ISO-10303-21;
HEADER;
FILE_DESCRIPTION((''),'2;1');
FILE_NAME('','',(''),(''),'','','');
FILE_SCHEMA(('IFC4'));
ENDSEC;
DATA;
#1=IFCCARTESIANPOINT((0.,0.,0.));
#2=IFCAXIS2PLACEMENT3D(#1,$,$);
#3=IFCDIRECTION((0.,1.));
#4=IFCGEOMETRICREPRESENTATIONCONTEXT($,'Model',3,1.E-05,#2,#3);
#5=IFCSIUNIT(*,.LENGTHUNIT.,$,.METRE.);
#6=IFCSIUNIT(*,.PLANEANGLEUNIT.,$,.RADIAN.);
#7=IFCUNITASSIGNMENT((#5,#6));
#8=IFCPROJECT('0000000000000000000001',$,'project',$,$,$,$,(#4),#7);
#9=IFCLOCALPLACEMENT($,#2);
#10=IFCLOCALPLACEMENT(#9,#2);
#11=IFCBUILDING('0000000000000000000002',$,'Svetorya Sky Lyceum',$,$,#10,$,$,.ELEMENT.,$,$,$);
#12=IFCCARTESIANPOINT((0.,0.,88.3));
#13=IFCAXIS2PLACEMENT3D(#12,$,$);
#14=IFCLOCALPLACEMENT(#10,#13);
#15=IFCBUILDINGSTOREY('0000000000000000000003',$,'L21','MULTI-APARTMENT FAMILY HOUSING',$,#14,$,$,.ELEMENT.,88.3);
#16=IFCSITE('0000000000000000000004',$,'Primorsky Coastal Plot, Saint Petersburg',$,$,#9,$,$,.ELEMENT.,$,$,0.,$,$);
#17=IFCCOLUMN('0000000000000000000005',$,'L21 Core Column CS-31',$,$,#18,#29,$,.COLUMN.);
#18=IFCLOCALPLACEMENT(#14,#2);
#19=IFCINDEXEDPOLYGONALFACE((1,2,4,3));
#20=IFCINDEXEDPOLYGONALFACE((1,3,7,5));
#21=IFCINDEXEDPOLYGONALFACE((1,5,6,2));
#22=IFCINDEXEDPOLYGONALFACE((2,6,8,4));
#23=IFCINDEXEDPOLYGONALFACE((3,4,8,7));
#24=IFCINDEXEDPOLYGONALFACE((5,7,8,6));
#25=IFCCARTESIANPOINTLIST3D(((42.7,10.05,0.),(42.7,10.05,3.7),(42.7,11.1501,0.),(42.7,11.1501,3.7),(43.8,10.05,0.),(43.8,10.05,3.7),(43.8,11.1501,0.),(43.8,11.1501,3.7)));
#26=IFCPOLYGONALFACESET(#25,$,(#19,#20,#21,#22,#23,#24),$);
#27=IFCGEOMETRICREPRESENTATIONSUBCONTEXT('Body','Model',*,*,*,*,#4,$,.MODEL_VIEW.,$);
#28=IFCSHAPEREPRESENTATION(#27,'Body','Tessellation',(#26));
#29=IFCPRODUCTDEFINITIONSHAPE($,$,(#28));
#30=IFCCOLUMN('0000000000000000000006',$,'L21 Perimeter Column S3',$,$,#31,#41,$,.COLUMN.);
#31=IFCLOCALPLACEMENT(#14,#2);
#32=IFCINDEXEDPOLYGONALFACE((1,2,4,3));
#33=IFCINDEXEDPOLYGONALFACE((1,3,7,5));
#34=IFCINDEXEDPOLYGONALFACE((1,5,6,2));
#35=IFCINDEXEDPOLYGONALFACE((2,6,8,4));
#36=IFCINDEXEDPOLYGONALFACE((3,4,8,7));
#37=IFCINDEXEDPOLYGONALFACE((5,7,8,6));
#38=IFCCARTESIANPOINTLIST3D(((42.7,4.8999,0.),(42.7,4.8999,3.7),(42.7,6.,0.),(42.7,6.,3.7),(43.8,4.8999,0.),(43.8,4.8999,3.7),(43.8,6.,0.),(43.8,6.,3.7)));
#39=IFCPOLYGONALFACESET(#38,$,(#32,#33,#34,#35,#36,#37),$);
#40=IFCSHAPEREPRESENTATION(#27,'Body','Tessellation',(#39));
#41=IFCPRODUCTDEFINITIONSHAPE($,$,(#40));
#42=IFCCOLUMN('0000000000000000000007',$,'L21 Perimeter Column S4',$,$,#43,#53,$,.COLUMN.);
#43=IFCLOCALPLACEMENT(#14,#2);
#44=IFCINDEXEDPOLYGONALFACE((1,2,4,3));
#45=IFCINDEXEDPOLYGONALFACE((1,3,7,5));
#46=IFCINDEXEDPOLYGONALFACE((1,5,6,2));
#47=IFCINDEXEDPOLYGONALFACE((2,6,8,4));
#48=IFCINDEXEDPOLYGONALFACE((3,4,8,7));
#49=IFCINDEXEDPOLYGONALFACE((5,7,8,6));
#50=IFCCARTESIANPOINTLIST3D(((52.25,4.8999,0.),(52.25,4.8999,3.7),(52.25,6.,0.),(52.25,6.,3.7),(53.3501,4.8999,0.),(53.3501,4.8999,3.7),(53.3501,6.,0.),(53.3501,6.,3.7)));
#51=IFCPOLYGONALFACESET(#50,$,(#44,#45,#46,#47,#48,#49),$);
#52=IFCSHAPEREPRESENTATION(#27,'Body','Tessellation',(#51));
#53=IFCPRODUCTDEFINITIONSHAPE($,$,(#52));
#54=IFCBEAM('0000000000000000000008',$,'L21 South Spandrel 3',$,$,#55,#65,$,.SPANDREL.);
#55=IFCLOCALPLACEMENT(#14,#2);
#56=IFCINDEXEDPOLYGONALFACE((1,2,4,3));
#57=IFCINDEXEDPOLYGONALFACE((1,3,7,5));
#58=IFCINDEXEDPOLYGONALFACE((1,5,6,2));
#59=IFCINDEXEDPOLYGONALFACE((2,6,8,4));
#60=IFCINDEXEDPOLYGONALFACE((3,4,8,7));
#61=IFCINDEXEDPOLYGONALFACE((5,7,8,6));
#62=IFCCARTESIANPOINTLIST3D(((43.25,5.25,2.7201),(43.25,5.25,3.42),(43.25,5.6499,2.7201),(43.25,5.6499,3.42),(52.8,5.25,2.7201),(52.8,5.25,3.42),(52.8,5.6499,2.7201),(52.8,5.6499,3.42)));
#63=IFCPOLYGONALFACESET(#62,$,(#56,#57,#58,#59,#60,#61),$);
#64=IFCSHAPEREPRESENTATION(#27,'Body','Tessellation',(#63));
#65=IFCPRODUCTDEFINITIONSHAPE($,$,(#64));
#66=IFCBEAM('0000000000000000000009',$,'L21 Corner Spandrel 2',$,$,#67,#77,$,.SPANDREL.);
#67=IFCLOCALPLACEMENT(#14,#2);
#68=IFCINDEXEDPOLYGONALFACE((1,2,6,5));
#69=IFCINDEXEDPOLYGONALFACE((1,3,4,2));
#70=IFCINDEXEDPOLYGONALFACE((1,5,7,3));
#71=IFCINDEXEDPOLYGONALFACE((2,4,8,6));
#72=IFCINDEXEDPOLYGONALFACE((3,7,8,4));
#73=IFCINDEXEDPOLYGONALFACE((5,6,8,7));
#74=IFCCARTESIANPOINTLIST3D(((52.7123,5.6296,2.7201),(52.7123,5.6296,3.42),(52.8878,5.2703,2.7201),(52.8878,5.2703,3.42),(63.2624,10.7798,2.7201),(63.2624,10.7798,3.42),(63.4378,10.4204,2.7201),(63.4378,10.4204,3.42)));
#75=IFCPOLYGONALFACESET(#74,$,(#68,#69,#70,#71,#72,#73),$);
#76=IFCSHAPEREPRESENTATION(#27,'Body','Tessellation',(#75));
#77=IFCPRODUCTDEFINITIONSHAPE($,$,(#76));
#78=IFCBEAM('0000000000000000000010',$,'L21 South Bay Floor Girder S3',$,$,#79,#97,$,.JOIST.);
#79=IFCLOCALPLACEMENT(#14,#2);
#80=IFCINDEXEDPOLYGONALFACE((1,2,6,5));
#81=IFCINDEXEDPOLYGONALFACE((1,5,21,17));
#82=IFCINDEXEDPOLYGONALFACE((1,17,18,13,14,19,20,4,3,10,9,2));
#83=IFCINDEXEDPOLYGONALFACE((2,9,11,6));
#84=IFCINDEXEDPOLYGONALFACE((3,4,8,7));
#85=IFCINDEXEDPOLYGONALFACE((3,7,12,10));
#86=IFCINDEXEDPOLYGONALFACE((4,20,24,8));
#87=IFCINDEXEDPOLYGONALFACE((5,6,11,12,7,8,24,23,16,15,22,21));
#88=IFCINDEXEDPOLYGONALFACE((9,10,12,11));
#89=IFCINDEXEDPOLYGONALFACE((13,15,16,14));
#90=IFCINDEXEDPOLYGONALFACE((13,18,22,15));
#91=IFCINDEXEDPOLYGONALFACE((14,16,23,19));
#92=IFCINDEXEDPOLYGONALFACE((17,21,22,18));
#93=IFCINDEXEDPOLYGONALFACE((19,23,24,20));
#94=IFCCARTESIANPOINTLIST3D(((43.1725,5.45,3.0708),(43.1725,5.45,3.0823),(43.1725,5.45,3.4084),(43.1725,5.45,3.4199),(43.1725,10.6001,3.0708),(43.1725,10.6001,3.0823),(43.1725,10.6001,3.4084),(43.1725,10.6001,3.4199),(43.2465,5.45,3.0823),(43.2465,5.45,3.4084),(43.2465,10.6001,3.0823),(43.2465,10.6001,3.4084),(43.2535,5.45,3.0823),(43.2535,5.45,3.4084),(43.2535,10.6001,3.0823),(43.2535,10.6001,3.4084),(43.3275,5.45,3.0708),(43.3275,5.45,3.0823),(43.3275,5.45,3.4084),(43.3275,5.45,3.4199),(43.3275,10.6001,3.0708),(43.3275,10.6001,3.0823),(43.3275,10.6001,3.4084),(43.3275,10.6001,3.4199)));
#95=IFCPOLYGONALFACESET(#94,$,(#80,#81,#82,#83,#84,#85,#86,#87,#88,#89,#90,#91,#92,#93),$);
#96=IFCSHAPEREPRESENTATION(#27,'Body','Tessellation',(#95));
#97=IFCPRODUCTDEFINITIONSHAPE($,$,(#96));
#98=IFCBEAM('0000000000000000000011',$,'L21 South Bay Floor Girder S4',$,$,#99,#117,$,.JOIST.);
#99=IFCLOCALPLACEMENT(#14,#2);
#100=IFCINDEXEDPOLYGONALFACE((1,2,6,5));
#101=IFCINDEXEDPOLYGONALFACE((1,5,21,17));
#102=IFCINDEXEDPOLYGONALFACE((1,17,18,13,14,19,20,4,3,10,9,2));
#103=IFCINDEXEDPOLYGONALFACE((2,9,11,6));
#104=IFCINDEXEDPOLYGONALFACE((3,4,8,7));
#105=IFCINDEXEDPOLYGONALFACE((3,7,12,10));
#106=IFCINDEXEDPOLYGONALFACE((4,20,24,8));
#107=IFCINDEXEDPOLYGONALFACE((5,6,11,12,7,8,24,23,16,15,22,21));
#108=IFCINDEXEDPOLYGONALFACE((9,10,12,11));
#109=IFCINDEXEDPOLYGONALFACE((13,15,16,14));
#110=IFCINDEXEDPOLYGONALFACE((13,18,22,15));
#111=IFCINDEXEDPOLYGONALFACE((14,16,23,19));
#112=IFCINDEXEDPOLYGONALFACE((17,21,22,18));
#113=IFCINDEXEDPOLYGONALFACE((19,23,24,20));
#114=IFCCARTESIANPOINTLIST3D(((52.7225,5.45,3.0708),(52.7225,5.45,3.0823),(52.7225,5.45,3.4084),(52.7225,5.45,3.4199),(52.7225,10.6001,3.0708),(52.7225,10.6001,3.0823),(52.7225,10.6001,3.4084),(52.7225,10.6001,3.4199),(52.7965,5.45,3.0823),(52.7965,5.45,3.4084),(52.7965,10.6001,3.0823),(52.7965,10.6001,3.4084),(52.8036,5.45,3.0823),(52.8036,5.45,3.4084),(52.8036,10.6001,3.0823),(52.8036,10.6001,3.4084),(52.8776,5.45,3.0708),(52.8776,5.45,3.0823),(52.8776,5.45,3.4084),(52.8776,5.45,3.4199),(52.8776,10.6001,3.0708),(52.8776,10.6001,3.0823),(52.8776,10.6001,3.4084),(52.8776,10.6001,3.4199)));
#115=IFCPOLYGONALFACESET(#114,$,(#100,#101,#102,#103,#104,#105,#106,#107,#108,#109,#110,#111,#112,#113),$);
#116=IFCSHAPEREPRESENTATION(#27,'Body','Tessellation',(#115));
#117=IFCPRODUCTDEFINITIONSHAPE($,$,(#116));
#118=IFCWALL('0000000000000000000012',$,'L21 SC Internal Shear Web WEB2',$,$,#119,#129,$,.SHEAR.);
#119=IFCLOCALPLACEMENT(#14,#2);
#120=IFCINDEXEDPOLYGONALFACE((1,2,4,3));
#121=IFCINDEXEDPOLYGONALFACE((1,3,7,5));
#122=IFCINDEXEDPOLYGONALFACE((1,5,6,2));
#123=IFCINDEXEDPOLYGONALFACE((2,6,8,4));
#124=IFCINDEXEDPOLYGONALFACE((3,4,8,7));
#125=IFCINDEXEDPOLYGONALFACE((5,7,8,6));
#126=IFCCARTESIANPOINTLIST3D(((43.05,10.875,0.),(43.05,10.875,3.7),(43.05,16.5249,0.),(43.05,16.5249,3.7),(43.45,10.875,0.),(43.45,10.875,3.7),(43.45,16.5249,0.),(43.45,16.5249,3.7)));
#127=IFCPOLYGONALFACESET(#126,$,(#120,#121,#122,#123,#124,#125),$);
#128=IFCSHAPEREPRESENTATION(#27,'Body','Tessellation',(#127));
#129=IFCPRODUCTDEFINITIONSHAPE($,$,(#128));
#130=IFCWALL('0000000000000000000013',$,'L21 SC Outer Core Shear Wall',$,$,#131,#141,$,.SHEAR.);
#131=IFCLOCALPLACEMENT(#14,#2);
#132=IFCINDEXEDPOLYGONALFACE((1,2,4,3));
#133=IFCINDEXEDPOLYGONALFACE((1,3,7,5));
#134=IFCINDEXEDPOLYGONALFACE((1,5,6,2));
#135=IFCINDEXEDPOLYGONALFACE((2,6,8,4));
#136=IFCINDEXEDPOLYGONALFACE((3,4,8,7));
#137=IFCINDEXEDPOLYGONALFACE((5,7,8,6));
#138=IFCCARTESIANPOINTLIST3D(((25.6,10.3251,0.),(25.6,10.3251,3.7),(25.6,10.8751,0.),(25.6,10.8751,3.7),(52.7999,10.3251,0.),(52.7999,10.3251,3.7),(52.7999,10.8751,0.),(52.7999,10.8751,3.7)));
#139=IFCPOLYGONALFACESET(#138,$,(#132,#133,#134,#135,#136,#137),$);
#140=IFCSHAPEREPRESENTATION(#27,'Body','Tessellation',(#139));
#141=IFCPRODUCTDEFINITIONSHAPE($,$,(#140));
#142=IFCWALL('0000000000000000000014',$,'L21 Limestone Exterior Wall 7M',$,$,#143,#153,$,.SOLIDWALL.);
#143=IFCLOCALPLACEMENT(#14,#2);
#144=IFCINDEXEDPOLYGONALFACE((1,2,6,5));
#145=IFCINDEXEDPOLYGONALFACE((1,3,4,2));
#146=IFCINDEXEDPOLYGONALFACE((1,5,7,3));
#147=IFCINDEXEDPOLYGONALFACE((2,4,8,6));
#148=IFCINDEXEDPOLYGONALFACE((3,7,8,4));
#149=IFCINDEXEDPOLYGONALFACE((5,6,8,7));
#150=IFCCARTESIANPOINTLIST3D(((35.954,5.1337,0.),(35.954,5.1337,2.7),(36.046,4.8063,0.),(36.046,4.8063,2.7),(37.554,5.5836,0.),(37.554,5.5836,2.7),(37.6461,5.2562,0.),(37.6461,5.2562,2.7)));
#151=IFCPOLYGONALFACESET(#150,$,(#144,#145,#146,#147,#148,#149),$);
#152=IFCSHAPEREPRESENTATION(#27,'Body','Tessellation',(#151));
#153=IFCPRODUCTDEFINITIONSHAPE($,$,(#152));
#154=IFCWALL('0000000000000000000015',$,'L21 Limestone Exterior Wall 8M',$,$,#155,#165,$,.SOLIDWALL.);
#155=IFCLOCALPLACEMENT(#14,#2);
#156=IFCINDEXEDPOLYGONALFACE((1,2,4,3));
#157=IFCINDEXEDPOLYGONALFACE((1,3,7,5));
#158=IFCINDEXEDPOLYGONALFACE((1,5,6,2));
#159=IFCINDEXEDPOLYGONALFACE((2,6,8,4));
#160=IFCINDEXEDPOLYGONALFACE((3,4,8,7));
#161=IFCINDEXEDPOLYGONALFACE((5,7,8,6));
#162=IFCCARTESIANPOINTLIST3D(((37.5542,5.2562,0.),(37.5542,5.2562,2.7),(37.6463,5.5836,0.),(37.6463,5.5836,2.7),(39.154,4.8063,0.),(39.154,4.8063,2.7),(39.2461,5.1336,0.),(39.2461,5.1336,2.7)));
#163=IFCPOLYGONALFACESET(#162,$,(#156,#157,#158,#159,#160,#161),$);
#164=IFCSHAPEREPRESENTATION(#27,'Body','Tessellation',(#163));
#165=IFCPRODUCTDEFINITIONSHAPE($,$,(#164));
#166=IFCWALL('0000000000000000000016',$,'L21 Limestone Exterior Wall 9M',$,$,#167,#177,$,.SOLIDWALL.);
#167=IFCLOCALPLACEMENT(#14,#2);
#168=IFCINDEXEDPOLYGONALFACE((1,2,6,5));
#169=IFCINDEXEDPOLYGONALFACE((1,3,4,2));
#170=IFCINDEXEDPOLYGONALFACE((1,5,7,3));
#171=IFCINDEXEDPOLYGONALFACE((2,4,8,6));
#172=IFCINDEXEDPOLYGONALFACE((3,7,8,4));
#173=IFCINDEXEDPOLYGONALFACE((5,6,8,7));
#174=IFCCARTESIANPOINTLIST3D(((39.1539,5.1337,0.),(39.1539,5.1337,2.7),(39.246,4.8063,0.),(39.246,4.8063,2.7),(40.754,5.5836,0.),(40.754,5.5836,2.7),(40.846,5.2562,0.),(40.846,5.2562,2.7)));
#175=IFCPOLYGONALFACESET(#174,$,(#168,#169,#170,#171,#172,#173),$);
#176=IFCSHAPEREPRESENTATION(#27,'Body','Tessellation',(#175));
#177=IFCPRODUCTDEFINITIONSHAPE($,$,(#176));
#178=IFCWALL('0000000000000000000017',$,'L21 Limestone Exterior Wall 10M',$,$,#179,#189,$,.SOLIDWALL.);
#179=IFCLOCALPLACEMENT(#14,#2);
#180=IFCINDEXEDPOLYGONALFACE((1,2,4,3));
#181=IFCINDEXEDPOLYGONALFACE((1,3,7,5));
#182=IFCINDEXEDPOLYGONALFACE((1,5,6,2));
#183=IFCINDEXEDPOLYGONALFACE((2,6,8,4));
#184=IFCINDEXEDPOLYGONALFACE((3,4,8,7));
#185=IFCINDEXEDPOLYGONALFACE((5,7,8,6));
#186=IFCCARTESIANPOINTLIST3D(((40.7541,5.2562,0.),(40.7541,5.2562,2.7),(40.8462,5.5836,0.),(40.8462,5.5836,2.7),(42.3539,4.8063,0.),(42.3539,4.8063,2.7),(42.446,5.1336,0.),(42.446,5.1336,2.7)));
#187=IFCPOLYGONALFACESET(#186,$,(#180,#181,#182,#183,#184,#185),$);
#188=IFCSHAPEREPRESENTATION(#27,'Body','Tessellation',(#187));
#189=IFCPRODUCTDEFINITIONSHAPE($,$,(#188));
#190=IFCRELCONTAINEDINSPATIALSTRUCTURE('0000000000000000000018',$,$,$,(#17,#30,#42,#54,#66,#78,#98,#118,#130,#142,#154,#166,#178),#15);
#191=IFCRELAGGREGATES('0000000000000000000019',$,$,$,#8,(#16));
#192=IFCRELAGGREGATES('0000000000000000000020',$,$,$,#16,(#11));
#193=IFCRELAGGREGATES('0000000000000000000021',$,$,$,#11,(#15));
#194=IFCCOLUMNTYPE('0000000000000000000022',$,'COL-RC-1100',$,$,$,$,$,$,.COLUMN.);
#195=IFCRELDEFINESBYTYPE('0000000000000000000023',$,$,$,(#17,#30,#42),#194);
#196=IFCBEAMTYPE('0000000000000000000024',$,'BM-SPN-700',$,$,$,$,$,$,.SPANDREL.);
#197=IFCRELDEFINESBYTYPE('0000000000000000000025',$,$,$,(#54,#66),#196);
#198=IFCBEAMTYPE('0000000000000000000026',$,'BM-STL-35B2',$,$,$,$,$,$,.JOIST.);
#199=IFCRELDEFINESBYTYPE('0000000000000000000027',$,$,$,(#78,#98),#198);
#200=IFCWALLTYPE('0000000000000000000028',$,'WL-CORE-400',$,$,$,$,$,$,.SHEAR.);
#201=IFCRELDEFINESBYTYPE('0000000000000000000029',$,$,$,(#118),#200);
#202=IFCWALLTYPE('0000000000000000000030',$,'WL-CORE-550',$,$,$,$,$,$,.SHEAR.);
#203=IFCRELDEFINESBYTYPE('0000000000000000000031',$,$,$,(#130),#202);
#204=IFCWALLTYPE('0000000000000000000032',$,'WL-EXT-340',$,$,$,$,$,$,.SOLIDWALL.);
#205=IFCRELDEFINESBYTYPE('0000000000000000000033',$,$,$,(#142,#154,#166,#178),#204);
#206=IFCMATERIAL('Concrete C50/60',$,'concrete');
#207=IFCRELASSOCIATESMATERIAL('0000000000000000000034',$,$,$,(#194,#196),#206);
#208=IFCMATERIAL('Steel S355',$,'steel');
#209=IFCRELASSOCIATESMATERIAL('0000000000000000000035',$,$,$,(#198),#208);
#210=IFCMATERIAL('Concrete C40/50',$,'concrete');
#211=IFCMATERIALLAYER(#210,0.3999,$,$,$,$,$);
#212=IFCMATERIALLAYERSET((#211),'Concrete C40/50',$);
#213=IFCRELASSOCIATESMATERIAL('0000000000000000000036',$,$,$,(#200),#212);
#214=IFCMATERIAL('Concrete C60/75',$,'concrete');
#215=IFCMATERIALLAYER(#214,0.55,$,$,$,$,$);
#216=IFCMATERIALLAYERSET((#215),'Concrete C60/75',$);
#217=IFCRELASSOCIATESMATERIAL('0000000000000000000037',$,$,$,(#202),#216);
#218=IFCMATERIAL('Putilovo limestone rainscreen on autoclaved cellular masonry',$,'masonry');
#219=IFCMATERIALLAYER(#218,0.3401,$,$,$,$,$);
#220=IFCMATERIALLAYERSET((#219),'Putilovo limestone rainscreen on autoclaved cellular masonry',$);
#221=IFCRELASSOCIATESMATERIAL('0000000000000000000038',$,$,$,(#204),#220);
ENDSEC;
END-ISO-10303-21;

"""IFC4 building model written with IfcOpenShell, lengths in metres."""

from ifc_helpers import new_model, si_unit, direction, frame, frame_2d, origin, origin_2d, place, context, subcontext, project, spatial, rectangle, i_section, extrude, material, layer, layer_set, material_profile, profile_set, type_object, element, save


model = new_model("IFC4")

# Units and contexts
model_context = context("Model", 3, precision=1e-05, world=origin(), true_north=direction((0.0, 1.0)))
body_context = subcontext(model_context, "Body", "Model", "MODEL_VIEW")
ifc_project = project(units=[si_unit("LENGTHUNIT", "METRE"), si_unit("PLANEANGLEUNIT", "RADIAN")], contexts=[model_context])

# Site, building, storey
site_placement = place(None, origin())
site = spatial("IfcSite", under=ifc_project, at=site_placement, Name="Primorsky Coastal Plot, Saint Petersburg", CompositionType="ELEMENT", RefElevation=0.0)
building_placement = place(site_placement, origin())
building = spatial("IfcBuilding", under=site, at=building_placement, Name="Svetorya Sky Lyceum", CompositionType="ELEMENT")
storey_placement = place(building_placement, frame((0.0, 0.0, 88.3)))
storey = spatial("IfcBuildingStorey", under=building, at=storey_placement, Name="L21", Description="MULTI-APARTMENT FAMILY HOUSING", CompositionType="ELEMENT", Elevation=88.3)

# Columns
ifc_material_1 = material(Name="Concrete C50/60", Category="concrete")
ifc_material_profile_1 = material_profile(ifc_material_1, rectangle(XDim=1.1001, YDim=1.1001, at=origin_2d()), Name="RC COL 1100x1100")
ifc_profile_set_1 = profile_set([ifc_material_profile_1], Name="Concrete C50/60")
column_type = type_object("IfcColumnType", Name="COL-RC-1100", PredefinedType="COLUMN", material=ifc_profile_set_1)
for number, where, z_axis, x_axis, name in (
    (1, (43.25, 10.6001, 0.0), (0.0, 0.0, 1.0), (1.0, 0.0, 0.0), "L21 Core Column CS-31"),
    (2, (43.25, 5.45, 0.0), (0.0, 0.0, 1.0), (1.0, 0.0, 0.0), "L21 Perimeter Column S3"),
    (3, (52.8, 5.45, 0.0), (0.0, 0.0, 1.0), (1.0, 0.0, 0.0), "L21 Perimeter Column S4"),
):
    element("IfcColumn", number, at=place(storey_placement, frame(where, z_axis=z_axis, x_axis=x_axis)), inside=storey, type_object=column_type, Name=name, PredefinedType="COLUMN", context=body_context, shape_type="SweptSolid", body=[
        extrude(rectangle(XDim=1.1001, YDim=1.1001, at=origin_2d()), origin(), (0.0, 0.0, 1.0), 3.7),
    ])

# Beams
ifc_material_profile_2 = material_profile(ifc_material_1, rectangle(XDim=0.3999, YDim=0.7, at=origin_2d()), Name="RC SPANDREL 400x700")
ifc_profile_set_2 = profile_set([ifc_material_profile_2], Name="Concrete C50/60")
beam_type_1 = type_object("IfcBeamType", Name="BM-SPN-700", PredefinedType="SPANDREL", material=ifc_profile_set_2)
beam_1_placement = place(storey_placement, frame((43.25, 5.45, 3.0701), z_axis=(1.0, 0.0, 0.0), x_axis=(0.0, 1.0, 0.0)))
element("IfcBeam", 4, at=beam_1_placement, inside=storey, type_object=beam_type_1, Name="L21 South Spandrel 3", PredefinedType="SPANDREL", context=body_context, shape_type="SweptSolid", body=[
    extrude(rectangle(XDim=0.3999, YDim=0.7, at=origin_2d()), origin(), (0.0, 0.0, 1.0), 9.55),
])
beam_2_placement = place(storey_placement, frame((52.8, 5.45, 3.0701), z_axis=(0.898641, 0.438684, 0.0), x_axis=(-0.438684, 0.898641, 0.0)))
element("IfcBeam", 5, at=beam_2_placement, inside=storey, type_object=beam_type_1, Name="L21 Corner Spandrel 2", PredefinedType="SPANDREL", context=body_context, shape_type="SweptSolid", body=[
    extrude(rectangle(XDim=0.3999, YDim=0.7, at=origin_2d()), origin(), (0.0, 0.0, 1.0), 11.74),
])
ifc_material_2 = material(Name="Steel S355", Category="steel")
ifc_material_profile_3 = material_profile(ifc_material_2, i_section(OverallWidth=0.155, OverallDepth=0.3491, WebThickness=0.0071, FlangeThickness=0.0115, at=origin_2d()), Name="GOST 35B2")
ifc_profile_set_3 = profile_set([ifc_material_profile_3], Name="Steel S355")
beam_type_2 = type_object("IfcBeamType", Name="BM-STL-35B2", PredefinedType="JOIST", material=ifc_profile_set_3)
for number, where, z_axis, x_axis, name in (
    (6, (43.25, 5.45, 3.2454), (0.0, 1.0, 0.0), (-1.0, 0.0, 0.0), "L21 South Bay Floor Girder S3"),
    (7, (52.8, 5.45, 3.2454), (0.0, 1.0, 0.0), (-1.0, 0.0, 0.0), "L21 South Bay Floor Girder S4"),
):
    element("IfcBeam", number, at=place(storey_placement, frame(where, z_axis=z_axis, x_axis=x_axis)), inside=storey, type_object=beam_type_2, Name=name, PredefinedType="JOIST", context=body_context, shape_type="SweptSolid", body=[
        extrude(i_section(OverallWidth=0.155, OverallDepth=0.3491, WebThickness=0.0071, FlangeThickness=0.0115, at=origin_2d()), origin(), (0.0, 0.0, 1.0), 5.1501),
    ])

# Walls
ifc_material_3 = material(Name="Concrete C40/50", Category="concrete")
ifc_layer_1 = layer(ifc_material_3, 0.3999)
ifc_layer_set_1 = layer_set([ifc_layer_1], Name="Concrete C40/50")
wall_type_1 = type_object("IfcWallType", Name="WL-CORE-400", PredefinedType="SHEAR", material=ifc_layer_set_1)
wall_1_placement = place(storey_placement, frame((43.25, 10.875, 0.0), z_axis=(0.0, 0.0, 1.0), x_axis=(0.0, 1.0, 0.0)))
element("IfcWall", 8, at=wall_1_placement, inside=storey, type_object=wall_type_1, Name="L21 SC Internal Shear Web WEB2", PredefinedType="SHEAR", context=body_context, shape_type="SweptSolid", body=[
    extrude(rectangle(XDim=5.6499, YDim=0.3999, at=frame_2d((2.825, 0.0))), origin(), (0.0, 0.0, 1.0), 3.7),
])
ifc_material_4 = material(Name="Concrete C60/75", Category="concrete")
ifc_layer_2 = layer(ifc_material_4, 0.55)
ifc_layer_set_2 = layer_set([ifc_layer_2], Name="Concrete C60/75")
wall_type_2 = type_object("IfcWallType", Name="WL-CORE-550", PredefinedType="SHEAR", material=ifc_layer_set_2)
wall_2_placement = place(storey_placement, frame((52.8, 10.6001, 0.0), z_axis=(0.0, 0.0, 1.0), x_axis=(-1.0, 0.0, 0.0)))
element("IfcWall", 9, at=wall_2_placement, inside=storey, type_object=wall_type_2, Name="L21 SC Outer Core Shear Wall", PredefinedType="SHEAR", context=body_context, shape_type="SweptSolid", body=[
    extrude(rectangle(XDim=27.2, YDim=0.55, at=frame_2d((13.6001, 0.0))), origin(), (0.0, 0.0, 1.0), 3.7),
])
ifc_material_5 = material(Name="Putilovo limestone rainscreen on autoclaved cellular masonry", Category="masonry")
ifc_layer_3 = layer(ifc_material_5, 0.3401)
ifc_layer_set_3 = layer_set([ifc_layer_3], Name="Putilovo limestone rainscreen on autoclaved cellular masonry")
wall_type_3 = type_object("IfcWallType", Name="WL-EXT-340", PredefinedType="SOLIDWALL", material=ifc_layer_set_3)
wall_3_placement = place(storey_placement, frame((36.0, 4.97, 0.0), z_axis=(0.0, 0.0, 1.0), x_axis=(0.962663, 0.270703, 0.0)))
element("IfcWall", 10, at=wall_3_placement, inside=storey, type_object=wall_type_3, Name="L21 Limestone Exterior Wall 7M", PredefinedType="SOLIDWALL", context=body_context, shape_type="SweptSolid", body=[
    extrude(rectangle(XDim=1.6621, YDim=0.3401, at=frame_2d((0.8311, 0.0))), origin(), (0.0, 0.0, 1.0), 2.7),
])
wall_4_placement = place(storey_placement, frame((37.6001, 5.4199, 0.0), z_axis=(0.0, 0.0, 1.0), x_axis=(0.962652, -0.270741, 0.0)))
element("IfcWall", 11, at=wall_4_placement, inside=storey, type_object=wall_type_3, Name="L21 Limestone Exterior Wall 8M", PredefinedType="SOLIDWALL", context=body_context, shape_type="SweptSolid", body=[
    extrude(rectangle(XDim=1.6619, YDim=0.3401, at=frame_2d((0.8311, 0.0))), origin(), (0.0, 0.0, 1.0), 2.7),
])
wall_5_placement = place(storey_placement, frame((39.2, 4.97, 0.0), z_axis=(0.0, 0.0, 1.0), x_axis=(0.962663, 0.270703, 0.0)))
element("IfcWall", 12, at=wall_5_placement, inside=storey, type_object=wall_type_3, Name="L21 Limestone Exterior Wall 9M", PredefinedType="SOLIDWALL", context=body_context, shape_type="SweptSolid", body=[
    extrude(rectangle(XDim=1.6621, YDim=0.3401, at=frame_2d((0.8311, 0.0))), origin(), (0.0, 0.0, 1.0), 2.7),
])
wall_6_placement = place(storey_placement, frame((40.8, 5.4199, 0.0), z_axis=(0.0, 0.0, 1.0), x_axis=(0.962652, -0.270741, 0.0)))
element("IfcWall", 13, at=wall_6_placement, inside=storey, type_object=wall_type_3, Name="L21 Limestone Exterior Wall 10M", PredefinedType="SOLIDWALL", context=body_context, shape_type="SweptSolid", body=[
    extrude(rectangle(XDim=1.6619, YDim=0.3401, at=frame_2d((0.8311, 0.0))), origin(), (0.0, 0.0, 1.0), 2.7),
])

save(model, "model.ifc")
